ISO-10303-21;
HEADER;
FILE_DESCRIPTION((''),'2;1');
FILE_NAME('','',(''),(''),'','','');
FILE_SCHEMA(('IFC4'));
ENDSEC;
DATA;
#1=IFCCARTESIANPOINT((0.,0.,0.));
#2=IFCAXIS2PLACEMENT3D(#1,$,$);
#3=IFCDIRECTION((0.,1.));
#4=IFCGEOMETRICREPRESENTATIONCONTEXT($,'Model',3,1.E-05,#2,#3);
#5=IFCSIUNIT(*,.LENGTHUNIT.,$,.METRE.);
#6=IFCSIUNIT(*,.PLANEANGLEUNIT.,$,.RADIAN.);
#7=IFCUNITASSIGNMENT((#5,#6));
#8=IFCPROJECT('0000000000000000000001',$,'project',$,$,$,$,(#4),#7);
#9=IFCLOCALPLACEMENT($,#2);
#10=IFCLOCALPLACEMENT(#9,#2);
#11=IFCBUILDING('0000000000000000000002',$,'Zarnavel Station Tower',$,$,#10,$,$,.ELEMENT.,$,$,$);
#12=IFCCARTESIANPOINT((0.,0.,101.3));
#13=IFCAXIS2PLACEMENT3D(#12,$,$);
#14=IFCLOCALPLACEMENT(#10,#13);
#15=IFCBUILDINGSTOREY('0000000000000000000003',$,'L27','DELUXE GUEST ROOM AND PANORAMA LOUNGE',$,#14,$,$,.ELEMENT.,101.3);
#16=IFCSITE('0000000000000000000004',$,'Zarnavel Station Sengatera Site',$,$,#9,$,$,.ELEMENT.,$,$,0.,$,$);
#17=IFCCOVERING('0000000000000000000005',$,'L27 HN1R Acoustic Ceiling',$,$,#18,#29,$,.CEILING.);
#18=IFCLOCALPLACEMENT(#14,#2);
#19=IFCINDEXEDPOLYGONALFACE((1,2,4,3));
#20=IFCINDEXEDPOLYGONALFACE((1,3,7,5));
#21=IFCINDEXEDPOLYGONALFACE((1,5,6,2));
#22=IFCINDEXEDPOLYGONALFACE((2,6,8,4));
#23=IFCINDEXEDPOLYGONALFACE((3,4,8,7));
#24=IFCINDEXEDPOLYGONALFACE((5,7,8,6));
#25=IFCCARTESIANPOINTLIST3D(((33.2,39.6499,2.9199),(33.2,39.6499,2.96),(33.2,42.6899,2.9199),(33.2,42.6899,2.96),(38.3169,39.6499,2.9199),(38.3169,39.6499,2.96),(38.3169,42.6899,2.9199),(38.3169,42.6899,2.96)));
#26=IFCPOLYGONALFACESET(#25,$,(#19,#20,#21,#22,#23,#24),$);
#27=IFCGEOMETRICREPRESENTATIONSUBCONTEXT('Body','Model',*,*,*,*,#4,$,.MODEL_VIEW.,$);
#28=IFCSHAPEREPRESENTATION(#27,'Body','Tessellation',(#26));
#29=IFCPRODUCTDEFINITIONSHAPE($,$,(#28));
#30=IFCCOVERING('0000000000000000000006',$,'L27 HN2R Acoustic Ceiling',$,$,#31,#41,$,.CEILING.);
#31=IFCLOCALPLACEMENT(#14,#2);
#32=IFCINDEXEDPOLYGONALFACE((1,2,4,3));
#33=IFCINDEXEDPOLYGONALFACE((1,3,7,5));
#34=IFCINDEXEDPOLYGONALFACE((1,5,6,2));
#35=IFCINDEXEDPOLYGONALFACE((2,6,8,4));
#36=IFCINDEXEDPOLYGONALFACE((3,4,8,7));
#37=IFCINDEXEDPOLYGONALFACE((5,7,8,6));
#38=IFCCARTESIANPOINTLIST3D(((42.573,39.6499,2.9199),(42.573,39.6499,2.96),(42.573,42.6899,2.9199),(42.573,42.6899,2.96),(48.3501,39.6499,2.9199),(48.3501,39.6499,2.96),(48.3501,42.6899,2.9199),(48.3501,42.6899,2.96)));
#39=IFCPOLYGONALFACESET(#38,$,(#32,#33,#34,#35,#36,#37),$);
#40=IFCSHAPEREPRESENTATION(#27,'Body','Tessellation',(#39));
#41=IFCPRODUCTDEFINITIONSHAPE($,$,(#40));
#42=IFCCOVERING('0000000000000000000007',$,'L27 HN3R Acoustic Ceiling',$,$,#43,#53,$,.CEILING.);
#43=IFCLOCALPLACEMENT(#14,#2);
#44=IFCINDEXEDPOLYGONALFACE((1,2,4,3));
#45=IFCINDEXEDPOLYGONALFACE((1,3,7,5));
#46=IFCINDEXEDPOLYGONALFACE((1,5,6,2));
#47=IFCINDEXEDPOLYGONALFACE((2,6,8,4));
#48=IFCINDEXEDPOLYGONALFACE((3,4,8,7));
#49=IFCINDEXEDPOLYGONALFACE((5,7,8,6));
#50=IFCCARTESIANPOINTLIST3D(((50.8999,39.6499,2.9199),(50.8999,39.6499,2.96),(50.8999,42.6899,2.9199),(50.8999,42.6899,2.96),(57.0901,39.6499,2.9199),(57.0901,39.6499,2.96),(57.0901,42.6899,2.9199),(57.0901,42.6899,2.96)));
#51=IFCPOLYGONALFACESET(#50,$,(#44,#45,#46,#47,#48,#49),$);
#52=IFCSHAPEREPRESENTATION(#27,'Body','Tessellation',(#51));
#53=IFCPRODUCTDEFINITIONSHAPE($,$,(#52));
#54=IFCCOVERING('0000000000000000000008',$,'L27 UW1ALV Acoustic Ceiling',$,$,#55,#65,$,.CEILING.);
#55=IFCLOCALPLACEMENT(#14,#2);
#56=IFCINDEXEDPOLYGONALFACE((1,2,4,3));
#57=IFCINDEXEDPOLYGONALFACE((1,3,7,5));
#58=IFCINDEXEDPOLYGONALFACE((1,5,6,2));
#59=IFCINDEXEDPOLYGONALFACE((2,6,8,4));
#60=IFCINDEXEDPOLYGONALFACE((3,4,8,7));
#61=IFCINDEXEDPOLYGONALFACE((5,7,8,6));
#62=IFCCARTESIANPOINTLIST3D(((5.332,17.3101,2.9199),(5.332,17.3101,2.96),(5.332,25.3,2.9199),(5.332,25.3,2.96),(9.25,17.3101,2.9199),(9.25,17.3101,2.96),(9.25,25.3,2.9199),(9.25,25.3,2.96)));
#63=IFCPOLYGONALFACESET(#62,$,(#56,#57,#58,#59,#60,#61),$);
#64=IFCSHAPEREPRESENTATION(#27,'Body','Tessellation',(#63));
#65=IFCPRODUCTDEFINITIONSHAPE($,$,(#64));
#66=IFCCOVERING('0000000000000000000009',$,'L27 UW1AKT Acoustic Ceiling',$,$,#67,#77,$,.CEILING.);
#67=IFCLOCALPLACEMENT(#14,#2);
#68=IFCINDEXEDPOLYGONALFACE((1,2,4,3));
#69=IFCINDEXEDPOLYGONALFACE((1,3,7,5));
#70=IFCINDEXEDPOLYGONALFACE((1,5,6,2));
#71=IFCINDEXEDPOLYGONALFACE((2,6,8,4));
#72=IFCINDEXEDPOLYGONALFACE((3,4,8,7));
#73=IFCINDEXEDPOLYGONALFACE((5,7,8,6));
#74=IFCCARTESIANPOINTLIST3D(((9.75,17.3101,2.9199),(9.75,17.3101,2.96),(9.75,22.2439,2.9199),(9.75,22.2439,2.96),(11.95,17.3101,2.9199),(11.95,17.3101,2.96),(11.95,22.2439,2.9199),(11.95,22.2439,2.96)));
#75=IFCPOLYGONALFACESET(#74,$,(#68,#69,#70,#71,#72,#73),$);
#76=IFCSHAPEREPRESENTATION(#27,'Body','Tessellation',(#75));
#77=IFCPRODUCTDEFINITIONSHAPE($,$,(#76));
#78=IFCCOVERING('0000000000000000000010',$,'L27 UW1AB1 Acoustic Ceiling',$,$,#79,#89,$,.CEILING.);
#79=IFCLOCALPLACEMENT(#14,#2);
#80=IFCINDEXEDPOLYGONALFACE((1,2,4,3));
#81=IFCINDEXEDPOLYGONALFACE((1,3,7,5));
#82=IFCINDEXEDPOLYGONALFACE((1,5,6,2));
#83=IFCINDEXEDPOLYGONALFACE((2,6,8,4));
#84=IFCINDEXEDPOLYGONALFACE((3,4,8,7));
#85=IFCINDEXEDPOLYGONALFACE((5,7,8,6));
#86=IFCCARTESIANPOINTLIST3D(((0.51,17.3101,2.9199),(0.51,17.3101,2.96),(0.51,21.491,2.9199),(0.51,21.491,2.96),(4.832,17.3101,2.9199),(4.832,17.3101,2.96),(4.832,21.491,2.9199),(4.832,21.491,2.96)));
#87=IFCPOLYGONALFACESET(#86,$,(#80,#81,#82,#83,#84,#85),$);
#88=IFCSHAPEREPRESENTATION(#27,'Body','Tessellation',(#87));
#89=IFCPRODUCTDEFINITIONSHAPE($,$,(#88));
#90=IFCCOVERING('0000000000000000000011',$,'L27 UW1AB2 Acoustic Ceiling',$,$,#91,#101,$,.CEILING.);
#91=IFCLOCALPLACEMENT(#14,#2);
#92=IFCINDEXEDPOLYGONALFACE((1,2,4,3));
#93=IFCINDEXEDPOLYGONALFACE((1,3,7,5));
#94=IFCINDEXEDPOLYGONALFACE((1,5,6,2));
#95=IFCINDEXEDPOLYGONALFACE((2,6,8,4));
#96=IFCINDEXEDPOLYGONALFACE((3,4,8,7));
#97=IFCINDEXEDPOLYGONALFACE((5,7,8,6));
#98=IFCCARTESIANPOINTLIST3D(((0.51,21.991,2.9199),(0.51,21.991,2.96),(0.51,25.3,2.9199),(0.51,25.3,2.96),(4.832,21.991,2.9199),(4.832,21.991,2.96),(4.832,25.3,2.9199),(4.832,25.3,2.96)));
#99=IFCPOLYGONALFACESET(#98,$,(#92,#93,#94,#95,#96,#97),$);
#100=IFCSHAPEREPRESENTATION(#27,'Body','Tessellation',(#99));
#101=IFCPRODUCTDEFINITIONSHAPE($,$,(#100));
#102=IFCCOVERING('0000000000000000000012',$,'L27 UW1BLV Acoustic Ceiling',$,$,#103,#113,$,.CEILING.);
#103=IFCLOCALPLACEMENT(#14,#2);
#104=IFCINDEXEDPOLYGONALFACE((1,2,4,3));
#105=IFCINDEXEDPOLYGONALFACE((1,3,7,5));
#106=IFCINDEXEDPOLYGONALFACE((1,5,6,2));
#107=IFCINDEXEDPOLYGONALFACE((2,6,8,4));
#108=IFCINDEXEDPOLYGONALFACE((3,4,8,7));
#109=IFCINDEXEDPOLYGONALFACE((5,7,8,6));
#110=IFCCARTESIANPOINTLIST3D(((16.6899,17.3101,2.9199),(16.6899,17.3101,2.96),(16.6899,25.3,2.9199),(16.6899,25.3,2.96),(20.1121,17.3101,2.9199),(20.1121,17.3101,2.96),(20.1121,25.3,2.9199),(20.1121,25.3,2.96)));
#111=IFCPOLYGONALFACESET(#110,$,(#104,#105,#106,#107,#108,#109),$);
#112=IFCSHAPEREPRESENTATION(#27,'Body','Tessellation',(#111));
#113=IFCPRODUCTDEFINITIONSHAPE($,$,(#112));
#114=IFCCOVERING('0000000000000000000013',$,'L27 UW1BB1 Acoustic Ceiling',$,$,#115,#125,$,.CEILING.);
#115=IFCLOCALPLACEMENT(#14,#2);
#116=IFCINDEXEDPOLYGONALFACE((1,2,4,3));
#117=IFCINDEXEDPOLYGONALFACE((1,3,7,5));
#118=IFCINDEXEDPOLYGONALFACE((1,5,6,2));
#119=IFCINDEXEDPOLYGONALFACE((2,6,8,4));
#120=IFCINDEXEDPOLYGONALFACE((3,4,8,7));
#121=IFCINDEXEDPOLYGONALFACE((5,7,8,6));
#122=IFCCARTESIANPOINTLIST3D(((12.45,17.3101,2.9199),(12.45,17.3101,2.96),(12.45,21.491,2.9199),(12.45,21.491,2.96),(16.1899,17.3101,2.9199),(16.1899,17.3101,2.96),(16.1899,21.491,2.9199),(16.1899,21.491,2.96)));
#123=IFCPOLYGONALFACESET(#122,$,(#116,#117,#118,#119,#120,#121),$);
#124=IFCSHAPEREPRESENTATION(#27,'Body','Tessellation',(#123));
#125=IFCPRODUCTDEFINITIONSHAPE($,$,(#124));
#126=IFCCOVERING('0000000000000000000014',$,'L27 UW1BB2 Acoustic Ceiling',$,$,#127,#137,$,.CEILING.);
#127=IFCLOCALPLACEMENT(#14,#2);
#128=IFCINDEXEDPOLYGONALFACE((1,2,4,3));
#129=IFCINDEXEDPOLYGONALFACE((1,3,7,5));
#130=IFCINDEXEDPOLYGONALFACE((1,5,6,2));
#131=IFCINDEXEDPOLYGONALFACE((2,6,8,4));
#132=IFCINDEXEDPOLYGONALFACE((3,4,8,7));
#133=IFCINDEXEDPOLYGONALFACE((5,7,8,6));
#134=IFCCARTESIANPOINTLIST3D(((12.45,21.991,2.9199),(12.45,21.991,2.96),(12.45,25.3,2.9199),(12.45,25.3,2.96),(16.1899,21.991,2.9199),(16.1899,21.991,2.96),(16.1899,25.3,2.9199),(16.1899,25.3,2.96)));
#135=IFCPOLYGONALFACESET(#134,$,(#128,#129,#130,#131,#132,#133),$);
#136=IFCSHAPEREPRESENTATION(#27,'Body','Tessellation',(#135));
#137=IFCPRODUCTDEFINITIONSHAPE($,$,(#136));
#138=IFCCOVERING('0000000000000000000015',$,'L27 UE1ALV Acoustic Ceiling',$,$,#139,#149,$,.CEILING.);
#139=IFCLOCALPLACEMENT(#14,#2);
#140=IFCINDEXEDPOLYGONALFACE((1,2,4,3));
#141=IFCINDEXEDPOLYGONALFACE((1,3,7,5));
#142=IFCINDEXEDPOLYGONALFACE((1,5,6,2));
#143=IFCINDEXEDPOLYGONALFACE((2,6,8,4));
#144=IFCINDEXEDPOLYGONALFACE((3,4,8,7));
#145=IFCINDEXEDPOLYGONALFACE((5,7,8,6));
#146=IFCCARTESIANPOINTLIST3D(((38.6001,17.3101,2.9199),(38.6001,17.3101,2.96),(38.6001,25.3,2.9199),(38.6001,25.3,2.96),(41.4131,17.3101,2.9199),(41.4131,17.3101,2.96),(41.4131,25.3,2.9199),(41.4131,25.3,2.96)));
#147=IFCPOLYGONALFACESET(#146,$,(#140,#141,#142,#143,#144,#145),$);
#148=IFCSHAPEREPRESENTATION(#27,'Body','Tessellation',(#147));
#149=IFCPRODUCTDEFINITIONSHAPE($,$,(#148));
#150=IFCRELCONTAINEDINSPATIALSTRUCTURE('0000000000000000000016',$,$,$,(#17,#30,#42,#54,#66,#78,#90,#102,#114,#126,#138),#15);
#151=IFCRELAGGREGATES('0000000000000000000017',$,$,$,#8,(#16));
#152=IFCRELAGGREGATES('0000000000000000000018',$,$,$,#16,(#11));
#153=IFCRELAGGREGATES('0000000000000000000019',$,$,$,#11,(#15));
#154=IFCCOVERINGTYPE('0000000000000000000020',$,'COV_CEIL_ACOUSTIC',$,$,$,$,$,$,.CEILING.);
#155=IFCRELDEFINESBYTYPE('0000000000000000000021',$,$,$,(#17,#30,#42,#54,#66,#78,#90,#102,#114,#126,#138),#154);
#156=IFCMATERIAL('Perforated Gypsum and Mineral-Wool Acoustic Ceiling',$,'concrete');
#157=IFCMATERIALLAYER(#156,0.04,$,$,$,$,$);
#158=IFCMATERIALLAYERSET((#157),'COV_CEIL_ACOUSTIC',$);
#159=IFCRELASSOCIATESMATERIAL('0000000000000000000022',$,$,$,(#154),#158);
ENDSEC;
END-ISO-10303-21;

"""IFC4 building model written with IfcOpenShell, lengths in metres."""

from ifc_helpers import new_model, si_unit, direction, frame, origin, place, context, subcontext, project, spatial, polyline, outline, extrude, material, layer, layer_set, type_object, element, save


model = new_model("IFC4")

# Units and contexts
model_context = context("Model", 3, precision=1e-05, world=origin(), true_north=direction((0.0, 1.0)))
body_context = subcontext(model_context, "Body", "Model", "MODEL_VIEW")
ifc_project = project(units=[si_unit("LENGTHUNIT", "METRE"), si_unit("PLANEANGLEUNIT", "RADIAN")], contexts=[model_context])

# Site, building, storey
site_placement = place(None, origin())
site = spatial("IfcSite", under=ifc_project, at=site_placement, Name="Zarnavel Station Sengatera Site", CompositionType="ELEMENT", RefElevation=0.0)
building_placement = place(site_placement, origin())
building = spatial("IfcBuilding", under=site, at=building_placement, Name="Zarnavel Station Tower", CompositionType="ELEMENT")
storey_placement = place(building_placement, frame((0.0, 0.0, 101.3)))
storey = spatial("IfcBuildingStorey", under=building, at=storey_placement, Name="L27", Description="DELUXE GUEST ROOM AND PANORAMA LOUNGE", CompositionType="ELEMENT", Elevation=101.3)

# Coverings
ifc_material_1 = material(Name="Perforated Gypsum and Mineral-Wool Acoustic Ceiling", Category="concrete")
ifc_layer_1 = layer(ifc_material_1, 0.04)
ifc_layer_set_1 = layer_set([ifc_layer_1], Name="COV_CEIL_ACOUSTIC")
covering_type_1 = type_object("IfcCoveringType", Name="COV_CEIL_ACOUSTIC", PredefinedType="CEILING", material=ifc_layer_set_1)
covering_1_placement = place(storey_placement, frame((0.0, 0.0, 2.9199)))
element("IfcCovering", 1, at=covering_1_placement, inside=storey, type_object=covering_type_1, Name="L27 HN1R Acoustic Ceiling", PredefinedType="CEILING", context=body_context, shape_type="SweptSolid", body=[
    extrude(outline(polyline([(33.2, 39.6499), (38.3169, 39.6499), (38.3169, 42.6899), (33.2, 42.6899), (33.2, 39.6499)])), origin(), (0.0, 0.0, 1.0), 0.04),
])
covering_2_placement = place(storey_placement, frame((0.0, 0.0, 2.9199)))
element("IfcCovering", 2, at=covering_2_placement, inside=storey, type_object=covering_type_1, Name="L27 HN2R Acoustic Ceiling", PredefinedType="CEILING", context=body_context, shape_type="SweptSolid", body=[
    extrude(outline(polyline([(42.573, 39.6499), (48.3501, 39.6499), (48.3501, 42.6899), (42.573, 42.6899), (42.573, 39.6499)])), origin(), (0.0, 0.0, 1.0), 0.04),
])
covering_3_placement = place(storey_placement, frame((0.0, 0.0, 2.9199)))
element("IfcCovering", 3, at=covering_3_placement, inside=storey, type_object=covering_type_1, Name="L27 HN3R Acoustic Ceiling", PredefinedType="CEILING", context=body_context, shape_type="SweptSolid", body=[
    extrude(outline(polyline([(50.8999, 39.6499), (57.0901, 39.6499), (57.0901, 42.6899), (50.8999, 42.6899), (50.8999, 39.6499)])), origin(), (0.0, 0.0, 1.0), 0.04),
])
covering_4_placement = place(storey_placement, frame((0.0, 0.0, 2.9199)))
element("IfcCovering", 4, at=covering_4_placement, inside=storey, type_object=covering_type_1, Name="L27 UW1ALV Acoustic Ceiling", PredefinedType="CEILING", context=body_context, shape_type="SweptSolid", body=[
    extrude(outline(polyline([(5.332, 17.3101), (9.25, 17.3101), (9.25, 25.3), (5.332, 25.3), (5.332, 17.3101)])), origin(), (0.0, 0.0, 1.0), 0.04),
])
covering_5_placement = place(storey_placement, frame((0.0, 0.0, 2.9199)))
element("IfcCovering", 5, at=covering_5_placement, inside=storey, type_object=covering_type_1, Name="L27 UW1AKT Acoustic Ceiling", PredefinedType="CEILING", context=body_context, shape_type="SweptSolid", body=[
    extrude(outline(polyline([(9.75, 17.3101), (11.95, 17.3101), (11.95, 22.2439), (9.75, 22.2439), (9.75, 17.3101)])), origin(), (0.0, 0.0, 1.0), 0.04),
])
covering_6_placement = place(storey_placement, frame((0.0, 0.0, 2.9199)))
element("IfcCovering", 6, at=covering_6_placement, inside=storey, type_object=covering_type_1, Name="L27 UW1AB1 Acoustic Ceiling", PredefinedType="CEILING", context=body_context, shape_type="SweptSolid", body=[
    extrude(outline(polyline([(0.51, 17.3101), (4.832, 17.3101), (4.832, 21.491), (0.51, 21.491), (0.51, 17.3101)])), origin(), (0.0, 0.0, 1.0), 0.04),
])
covering_7_placement = place(storey_placement, frame((0.0, 0.0, 2.9199)))
element("IfcCovering", 7, at=covering_7_placement, inside=storey, type_object=covering_type_1, Name="L27 UW1AB2 Acoustic Ceiling", PredefinedType="CEILING", context=body_context, shape_type="SweptSolid", body=[
    extrude(outline(polyline([(0.51, 21.991), (4.832, 21.991), (4.832, 25.3), (0.51, 25.3), (0.51, 21.991)])), origin(), (0.0, 0.0, 1.0), 0.04),
])
covering_8_placement = place(storey_placement, frame((0.0, 0.0, 2.9199)))
element("IfcCovering", 8, at=covering_8_placement, inside=storey, type_object=covering_type_1, Name="L27 UW1BLV Acoustic Ceiling", PredefinedType="CEILING", context=body_context, shape_type="SweptSolid", body=[
    extrude(outline(polyline([(16.6899, 17.3101), (20.1121, 17.3101), (20.1121, 25.3), (16.6899, 25.3), (16.6899, 17.3101)])), origin(), (0.0, 0.0, 1.0), 0.04),
])
covering_9_placement = place(storey_placement, frame((0.0, 0.0, 2.9199)))
element("IfcCovering", 9, at=covering_9_placement, inside=storey, type_object=covering_type_1, Name="L27 UW1BB1 Acoustic Ceiling", PredefinedType="CEILING", context=body_context, shape_type="SweptSolid", body=[
    extrude(outline(polyline([(12.45, 17.3101), (16.1899, 17.3101), (16.1899, 21.491), (12.45, 21.491), (12.45, 17.3101)])), origin(), (0.0, 0.0, 1.0), 0.04),
])
covering_10_placement = place(storey_placement, frame((0.0, 0.0, 2.9199)))
element("IfcCovering", 10, at=covering_10_placement, inside=storey, type_object=covering_type_1, Name="L27 UW1BB2 Acoustic Ceiling", PredefinedType="CEILING", context=body_context, shape_type="SweptSolid", body=[
    extrude(outline(polyline([(12.45, 21.991), (16.1899, 21.991), (16.1899, 25.3), (12.45, 25.3), (12.45, 21.991)])), origin(), (0.0, 0.0, 1.0), 0.04),
])
covering_11_placement = place(storey_placement, frame((0.0, 0.0, 2.9199)))
element("IfcCovering", 11, at=covering_11_placement, inside=storey, type_object=covering_type_1, Name="L27 UE1ALV Acoustic Ceiling", PredefinedType="CEILING", context=body_context, shape_type="SweptSolid", body=[
    extrude(outline(polyline([(38.6001, 17.3101), (41.4131, 17.3101), (41.4131, 25.3), (38.6001, 25.3), (38.6001, 17.3101)])), origin(), (0.0, 0.0, 1.0), 0.04),
])

save(model, "model.ifc")
